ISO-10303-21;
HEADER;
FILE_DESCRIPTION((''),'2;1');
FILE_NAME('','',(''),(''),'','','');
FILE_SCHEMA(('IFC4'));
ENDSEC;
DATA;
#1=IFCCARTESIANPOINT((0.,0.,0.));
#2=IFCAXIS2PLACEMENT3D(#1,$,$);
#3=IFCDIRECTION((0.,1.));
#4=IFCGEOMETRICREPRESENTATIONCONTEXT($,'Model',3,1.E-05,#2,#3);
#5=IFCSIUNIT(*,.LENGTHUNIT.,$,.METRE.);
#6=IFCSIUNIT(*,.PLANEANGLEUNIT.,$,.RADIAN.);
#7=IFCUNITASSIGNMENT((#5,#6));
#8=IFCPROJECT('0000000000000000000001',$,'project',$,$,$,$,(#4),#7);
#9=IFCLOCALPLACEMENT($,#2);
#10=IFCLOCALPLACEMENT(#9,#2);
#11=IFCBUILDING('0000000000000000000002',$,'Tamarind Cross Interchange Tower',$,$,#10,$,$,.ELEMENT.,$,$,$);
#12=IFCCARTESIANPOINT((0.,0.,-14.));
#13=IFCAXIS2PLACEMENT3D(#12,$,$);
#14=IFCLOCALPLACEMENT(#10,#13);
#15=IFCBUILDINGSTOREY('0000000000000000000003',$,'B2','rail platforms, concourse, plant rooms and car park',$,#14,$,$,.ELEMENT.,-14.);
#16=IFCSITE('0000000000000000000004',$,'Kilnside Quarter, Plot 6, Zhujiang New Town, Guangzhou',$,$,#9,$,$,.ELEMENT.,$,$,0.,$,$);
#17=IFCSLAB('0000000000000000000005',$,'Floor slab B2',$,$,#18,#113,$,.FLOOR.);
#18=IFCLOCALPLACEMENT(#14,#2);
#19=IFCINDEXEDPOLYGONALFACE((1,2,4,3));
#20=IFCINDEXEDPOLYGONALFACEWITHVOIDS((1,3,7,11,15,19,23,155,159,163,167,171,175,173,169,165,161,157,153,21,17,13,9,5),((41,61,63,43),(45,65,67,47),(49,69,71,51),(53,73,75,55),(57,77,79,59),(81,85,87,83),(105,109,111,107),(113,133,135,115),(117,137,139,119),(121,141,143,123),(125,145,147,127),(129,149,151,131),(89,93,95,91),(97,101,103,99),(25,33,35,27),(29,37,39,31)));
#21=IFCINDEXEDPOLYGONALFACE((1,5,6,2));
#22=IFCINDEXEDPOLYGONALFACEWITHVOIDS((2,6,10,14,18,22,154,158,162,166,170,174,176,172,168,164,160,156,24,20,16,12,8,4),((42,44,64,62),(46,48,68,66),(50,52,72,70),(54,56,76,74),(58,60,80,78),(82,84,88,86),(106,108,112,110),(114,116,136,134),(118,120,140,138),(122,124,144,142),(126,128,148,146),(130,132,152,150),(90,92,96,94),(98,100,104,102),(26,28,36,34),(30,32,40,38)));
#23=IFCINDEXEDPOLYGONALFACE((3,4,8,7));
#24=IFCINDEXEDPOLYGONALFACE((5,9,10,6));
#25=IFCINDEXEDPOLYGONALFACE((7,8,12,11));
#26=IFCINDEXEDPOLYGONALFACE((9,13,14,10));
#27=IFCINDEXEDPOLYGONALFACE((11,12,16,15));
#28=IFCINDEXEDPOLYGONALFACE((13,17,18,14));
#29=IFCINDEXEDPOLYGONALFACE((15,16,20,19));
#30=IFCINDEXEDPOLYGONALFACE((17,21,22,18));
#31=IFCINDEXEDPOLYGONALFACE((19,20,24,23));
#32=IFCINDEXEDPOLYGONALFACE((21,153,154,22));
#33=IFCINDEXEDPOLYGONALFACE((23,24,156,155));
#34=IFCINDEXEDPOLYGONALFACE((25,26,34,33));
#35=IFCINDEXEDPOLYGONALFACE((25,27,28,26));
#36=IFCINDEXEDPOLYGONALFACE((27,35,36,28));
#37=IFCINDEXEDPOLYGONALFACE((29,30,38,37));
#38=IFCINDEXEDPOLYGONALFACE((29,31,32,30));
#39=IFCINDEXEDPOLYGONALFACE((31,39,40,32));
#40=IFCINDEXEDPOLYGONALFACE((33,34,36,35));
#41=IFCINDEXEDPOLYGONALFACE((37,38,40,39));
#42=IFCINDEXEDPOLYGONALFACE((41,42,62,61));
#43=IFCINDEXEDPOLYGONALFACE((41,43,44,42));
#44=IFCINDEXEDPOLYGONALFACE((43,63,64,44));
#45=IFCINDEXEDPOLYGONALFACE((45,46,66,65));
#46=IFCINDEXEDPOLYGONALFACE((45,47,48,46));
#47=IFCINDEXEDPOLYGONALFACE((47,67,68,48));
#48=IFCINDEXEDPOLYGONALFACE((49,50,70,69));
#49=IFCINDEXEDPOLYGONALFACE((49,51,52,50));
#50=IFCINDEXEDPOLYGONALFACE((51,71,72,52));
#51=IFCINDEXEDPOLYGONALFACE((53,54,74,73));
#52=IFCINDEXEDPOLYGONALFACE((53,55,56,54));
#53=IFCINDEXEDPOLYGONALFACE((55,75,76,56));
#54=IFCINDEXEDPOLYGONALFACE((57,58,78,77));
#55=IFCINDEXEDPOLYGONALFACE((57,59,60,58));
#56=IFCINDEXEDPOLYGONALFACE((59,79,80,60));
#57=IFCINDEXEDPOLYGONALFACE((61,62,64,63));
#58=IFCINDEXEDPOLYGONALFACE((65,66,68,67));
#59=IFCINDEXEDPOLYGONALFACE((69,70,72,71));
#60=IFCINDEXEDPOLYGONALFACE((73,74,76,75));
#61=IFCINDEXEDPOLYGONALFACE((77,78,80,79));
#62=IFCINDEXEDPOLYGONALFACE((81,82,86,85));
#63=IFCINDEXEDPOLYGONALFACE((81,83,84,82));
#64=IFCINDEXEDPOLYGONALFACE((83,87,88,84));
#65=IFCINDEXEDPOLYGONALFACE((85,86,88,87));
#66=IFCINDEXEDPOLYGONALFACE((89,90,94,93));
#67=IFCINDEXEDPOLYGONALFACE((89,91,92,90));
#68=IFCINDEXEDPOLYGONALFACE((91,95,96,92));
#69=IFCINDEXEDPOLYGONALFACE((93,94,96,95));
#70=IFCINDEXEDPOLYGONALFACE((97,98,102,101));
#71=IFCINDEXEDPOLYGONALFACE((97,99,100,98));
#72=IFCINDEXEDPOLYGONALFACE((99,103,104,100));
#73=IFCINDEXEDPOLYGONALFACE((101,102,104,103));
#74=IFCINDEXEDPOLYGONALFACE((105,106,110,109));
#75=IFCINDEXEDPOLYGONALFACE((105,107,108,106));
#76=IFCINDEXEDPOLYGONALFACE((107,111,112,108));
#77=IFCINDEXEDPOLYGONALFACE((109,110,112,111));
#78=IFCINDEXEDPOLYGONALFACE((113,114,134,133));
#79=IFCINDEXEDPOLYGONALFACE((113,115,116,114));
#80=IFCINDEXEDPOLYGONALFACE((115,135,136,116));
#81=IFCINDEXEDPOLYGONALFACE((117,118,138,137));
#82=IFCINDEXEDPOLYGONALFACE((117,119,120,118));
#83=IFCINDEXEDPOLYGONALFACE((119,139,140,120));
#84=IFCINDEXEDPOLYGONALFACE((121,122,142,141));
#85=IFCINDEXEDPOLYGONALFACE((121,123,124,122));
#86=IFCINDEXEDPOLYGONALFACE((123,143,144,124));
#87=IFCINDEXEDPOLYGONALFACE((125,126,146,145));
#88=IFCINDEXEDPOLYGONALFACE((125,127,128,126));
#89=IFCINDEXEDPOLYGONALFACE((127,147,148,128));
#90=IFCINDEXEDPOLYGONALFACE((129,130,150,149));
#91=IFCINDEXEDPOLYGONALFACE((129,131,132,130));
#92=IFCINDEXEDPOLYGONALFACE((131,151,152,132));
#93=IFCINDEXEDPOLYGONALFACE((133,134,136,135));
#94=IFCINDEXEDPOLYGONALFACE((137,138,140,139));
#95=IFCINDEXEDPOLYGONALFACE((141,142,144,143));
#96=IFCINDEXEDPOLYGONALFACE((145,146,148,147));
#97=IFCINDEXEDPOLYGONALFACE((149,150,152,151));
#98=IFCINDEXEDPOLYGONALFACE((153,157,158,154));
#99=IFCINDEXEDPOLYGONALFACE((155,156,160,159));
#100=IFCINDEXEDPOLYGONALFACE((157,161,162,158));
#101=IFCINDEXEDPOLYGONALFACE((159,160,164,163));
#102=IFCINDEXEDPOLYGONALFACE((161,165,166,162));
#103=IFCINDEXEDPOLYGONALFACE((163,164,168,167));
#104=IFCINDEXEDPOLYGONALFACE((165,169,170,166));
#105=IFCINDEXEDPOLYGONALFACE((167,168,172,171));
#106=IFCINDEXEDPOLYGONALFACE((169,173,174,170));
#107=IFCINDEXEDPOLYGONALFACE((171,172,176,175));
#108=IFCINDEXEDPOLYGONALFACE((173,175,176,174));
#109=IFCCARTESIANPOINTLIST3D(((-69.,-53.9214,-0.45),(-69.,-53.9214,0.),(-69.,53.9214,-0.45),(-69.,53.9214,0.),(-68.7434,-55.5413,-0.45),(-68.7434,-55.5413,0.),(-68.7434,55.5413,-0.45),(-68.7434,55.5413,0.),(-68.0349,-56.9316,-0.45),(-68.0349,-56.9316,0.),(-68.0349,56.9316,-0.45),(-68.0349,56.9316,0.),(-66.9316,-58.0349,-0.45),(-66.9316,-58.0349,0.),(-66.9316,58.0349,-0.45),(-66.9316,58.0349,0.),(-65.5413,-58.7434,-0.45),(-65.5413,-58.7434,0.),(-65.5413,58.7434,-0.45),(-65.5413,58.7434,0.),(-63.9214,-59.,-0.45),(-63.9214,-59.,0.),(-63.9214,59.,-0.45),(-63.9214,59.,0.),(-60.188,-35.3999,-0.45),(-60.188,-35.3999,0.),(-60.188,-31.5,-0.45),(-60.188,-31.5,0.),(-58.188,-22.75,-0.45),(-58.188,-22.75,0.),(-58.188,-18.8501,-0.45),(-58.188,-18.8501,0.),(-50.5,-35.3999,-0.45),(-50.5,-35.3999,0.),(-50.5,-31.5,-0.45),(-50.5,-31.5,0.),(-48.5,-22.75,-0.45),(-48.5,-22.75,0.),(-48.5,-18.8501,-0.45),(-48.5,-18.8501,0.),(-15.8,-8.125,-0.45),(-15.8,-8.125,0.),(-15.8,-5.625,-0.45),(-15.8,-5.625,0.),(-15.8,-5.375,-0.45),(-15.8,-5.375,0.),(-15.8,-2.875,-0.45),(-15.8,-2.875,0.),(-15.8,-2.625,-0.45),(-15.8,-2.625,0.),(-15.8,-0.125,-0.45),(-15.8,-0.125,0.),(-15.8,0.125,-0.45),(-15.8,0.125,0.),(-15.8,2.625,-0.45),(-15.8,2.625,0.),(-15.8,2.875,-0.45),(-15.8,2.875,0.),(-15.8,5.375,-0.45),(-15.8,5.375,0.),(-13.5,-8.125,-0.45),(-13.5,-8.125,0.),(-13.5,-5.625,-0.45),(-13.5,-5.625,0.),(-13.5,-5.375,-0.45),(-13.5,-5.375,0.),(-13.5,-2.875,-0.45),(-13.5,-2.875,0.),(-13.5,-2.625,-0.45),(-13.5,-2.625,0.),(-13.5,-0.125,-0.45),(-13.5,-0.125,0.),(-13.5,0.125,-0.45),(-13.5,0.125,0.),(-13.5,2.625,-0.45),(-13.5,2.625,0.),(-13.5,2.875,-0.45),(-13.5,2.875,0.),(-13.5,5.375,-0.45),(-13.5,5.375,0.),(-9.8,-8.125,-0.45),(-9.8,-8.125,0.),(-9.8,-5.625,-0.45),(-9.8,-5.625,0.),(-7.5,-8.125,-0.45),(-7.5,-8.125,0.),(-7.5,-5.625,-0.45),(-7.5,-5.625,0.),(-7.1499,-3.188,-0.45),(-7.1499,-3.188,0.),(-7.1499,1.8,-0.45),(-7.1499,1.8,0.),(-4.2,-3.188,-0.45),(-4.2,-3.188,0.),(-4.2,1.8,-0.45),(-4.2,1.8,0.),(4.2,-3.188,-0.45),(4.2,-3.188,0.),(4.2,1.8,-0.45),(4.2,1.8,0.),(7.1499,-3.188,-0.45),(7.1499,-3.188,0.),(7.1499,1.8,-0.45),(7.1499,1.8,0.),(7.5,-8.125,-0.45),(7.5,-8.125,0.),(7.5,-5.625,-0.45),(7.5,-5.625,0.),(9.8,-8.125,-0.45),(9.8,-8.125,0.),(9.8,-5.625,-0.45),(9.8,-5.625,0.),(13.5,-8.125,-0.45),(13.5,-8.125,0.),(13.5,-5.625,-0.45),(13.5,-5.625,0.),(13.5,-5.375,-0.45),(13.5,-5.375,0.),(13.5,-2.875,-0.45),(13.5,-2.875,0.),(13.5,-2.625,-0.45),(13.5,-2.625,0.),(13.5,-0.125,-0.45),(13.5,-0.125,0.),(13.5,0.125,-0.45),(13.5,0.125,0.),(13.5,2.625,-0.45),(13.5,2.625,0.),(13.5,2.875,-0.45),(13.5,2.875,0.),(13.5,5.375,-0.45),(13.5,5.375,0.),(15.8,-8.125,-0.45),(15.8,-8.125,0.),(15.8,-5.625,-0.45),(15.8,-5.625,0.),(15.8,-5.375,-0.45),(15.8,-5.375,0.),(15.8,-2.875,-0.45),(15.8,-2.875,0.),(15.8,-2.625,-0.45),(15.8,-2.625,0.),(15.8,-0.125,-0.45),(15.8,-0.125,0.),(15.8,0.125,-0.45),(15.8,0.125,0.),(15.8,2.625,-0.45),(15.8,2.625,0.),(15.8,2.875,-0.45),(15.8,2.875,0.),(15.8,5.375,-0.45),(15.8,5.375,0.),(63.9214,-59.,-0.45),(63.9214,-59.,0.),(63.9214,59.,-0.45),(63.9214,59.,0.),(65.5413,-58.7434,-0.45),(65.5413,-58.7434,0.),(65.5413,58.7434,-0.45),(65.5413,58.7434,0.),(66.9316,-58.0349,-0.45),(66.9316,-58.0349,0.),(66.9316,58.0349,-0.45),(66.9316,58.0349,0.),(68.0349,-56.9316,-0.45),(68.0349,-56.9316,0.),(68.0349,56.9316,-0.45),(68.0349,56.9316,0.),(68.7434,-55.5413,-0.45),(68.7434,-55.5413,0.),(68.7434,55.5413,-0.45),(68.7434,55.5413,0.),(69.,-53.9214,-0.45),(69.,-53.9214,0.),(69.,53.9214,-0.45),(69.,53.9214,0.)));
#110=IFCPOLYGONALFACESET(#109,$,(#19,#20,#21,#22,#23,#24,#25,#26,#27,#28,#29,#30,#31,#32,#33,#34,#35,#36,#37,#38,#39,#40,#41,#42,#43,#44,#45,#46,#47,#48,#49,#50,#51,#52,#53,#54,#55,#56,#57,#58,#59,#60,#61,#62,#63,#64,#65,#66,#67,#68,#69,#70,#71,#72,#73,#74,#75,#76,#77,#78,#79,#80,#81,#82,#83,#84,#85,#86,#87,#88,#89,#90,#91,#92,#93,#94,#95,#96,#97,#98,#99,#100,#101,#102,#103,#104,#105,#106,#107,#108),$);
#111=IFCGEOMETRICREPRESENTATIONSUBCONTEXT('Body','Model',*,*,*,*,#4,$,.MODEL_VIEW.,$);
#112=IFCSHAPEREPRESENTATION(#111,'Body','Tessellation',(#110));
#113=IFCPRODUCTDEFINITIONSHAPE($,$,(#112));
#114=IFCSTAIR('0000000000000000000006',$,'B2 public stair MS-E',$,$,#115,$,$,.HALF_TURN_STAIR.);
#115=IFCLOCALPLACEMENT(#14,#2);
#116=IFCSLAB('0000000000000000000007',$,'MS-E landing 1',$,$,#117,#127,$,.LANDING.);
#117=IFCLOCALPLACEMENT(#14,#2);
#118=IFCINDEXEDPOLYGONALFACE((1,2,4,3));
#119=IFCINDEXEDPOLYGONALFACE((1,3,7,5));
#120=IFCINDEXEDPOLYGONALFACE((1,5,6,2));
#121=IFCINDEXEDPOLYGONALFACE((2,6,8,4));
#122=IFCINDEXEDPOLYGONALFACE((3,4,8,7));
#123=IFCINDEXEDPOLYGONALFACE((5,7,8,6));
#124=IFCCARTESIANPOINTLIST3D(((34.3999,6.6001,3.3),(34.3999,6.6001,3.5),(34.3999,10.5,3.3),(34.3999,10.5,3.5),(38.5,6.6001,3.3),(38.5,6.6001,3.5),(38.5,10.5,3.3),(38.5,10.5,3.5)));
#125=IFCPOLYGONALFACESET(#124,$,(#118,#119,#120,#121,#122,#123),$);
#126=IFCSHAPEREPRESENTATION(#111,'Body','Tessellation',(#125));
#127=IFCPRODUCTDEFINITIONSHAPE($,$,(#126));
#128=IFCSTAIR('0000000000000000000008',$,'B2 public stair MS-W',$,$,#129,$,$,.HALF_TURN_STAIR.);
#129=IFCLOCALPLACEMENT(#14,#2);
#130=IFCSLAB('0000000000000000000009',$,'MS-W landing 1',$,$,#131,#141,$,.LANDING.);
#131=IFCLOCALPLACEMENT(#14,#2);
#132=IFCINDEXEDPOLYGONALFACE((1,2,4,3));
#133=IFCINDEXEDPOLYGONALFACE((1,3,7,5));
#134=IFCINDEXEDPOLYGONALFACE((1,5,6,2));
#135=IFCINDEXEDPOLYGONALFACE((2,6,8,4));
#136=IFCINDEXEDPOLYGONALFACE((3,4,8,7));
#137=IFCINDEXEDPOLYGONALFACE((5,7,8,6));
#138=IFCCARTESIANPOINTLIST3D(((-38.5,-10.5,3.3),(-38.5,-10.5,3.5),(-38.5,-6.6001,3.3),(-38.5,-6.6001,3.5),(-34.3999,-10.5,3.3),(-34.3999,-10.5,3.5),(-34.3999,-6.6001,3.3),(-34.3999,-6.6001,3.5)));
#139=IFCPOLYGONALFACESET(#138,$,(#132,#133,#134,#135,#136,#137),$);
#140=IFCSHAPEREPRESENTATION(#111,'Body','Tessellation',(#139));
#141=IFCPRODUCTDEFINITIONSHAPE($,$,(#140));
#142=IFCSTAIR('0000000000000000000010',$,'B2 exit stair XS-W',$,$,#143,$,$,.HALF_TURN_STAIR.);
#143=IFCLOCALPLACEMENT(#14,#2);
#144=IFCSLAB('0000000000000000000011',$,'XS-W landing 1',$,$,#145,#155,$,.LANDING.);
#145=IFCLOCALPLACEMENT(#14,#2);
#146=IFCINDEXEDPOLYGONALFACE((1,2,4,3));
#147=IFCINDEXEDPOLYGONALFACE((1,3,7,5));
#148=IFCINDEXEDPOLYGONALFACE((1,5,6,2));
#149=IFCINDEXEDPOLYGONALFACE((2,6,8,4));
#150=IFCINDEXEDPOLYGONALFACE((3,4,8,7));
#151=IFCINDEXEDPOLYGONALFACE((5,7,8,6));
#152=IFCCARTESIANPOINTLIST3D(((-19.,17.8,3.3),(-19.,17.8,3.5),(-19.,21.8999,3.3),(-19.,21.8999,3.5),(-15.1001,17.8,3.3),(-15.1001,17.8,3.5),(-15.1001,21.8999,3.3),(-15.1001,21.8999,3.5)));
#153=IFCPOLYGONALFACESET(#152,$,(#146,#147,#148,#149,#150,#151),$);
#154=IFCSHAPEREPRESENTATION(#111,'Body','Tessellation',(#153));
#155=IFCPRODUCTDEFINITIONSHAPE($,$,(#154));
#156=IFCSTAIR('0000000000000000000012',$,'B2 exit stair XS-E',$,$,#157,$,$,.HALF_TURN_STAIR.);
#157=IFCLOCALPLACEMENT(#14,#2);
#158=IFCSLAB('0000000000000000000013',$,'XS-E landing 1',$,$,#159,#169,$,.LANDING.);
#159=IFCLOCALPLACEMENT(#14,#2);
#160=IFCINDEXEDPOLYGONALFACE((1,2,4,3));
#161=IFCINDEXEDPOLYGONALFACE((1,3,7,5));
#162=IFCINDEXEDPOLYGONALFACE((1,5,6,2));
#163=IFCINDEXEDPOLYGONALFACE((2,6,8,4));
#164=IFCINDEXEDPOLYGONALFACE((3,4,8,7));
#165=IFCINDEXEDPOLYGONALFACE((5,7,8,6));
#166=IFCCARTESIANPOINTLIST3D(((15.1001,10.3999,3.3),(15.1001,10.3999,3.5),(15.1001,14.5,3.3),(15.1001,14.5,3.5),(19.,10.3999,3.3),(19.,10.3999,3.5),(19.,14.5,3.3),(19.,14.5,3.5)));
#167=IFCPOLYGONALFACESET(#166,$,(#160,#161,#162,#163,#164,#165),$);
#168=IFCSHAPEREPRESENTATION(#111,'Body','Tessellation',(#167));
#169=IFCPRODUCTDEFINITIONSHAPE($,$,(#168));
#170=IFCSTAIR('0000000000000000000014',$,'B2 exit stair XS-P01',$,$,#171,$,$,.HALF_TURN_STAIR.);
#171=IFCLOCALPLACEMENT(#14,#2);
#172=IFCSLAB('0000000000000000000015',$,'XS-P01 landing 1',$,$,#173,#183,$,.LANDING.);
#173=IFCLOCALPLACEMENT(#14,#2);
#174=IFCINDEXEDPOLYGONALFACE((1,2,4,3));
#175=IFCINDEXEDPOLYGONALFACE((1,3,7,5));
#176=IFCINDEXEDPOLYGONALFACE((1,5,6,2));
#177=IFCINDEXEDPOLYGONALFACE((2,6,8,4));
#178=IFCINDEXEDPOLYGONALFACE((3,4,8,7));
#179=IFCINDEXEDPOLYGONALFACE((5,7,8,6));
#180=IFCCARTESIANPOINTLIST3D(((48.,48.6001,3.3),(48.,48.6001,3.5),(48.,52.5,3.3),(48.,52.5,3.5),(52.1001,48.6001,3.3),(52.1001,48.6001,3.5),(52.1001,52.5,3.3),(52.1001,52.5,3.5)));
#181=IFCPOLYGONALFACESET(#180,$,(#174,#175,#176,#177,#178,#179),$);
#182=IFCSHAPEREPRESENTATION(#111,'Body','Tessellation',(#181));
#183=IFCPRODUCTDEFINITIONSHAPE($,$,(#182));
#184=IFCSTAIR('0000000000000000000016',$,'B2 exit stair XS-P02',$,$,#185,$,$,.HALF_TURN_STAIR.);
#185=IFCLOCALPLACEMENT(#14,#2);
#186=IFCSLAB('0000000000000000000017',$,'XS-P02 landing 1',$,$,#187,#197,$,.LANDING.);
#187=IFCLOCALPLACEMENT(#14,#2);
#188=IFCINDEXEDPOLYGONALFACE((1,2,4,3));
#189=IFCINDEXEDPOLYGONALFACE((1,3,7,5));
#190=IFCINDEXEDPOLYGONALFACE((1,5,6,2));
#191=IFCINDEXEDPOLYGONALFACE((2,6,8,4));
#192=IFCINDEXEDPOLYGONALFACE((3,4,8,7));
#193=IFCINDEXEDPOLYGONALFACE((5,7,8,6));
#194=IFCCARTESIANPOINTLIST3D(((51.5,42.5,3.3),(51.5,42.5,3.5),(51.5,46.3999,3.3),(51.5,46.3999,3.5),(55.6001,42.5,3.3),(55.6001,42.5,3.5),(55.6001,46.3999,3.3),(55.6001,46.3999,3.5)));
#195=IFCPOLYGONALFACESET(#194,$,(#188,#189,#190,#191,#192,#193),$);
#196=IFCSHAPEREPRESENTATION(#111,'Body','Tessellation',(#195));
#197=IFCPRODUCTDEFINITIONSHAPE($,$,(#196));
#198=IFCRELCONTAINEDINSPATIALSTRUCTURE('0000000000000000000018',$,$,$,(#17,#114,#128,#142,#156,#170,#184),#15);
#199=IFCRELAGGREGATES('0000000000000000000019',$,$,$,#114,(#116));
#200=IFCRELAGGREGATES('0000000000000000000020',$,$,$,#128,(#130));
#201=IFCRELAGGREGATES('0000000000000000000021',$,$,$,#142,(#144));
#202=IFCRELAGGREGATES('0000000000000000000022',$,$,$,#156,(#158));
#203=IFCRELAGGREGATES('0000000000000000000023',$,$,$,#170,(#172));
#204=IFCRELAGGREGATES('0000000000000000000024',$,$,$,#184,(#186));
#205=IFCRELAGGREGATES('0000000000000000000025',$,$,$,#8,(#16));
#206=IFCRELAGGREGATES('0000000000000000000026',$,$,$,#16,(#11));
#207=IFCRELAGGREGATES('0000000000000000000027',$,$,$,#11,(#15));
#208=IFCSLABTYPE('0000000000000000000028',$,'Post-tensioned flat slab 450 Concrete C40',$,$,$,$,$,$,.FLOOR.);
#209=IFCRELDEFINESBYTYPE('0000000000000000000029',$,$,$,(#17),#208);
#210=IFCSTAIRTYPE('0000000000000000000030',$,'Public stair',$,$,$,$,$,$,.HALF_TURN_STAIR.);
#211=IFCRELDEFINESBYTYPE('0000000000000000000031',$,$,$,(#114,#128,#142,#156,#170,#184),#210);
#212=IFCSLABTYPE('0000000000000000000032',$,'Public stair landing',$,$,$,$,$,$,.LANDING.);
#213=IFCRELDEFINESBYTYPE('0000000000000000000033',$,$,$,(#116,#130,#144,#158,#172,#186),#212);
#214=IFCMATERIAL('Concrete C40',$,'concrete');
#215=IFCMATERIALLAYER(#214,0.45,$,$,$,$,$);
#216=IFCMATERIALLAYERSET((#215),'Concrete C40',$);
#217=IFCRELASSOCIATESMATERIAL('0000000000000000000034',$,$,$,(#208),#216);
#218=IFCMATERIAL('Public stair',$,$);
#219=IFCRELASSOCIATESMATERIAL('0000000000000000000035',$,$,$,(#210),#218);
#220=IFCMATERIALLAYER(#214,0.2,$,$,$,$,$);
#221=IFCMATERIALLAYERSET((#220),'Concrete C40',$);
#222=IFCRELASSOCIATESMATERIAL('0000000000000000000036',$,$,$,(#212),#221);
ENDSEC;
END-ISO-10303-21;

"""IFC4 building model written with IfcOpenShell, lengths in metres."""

from ifc_helpers import new_model, si_unit, direction, frame, origin, place, context, subcontext, project, spatial, polyline, outline, extrude, material, layer, layer_set, type_object, element, aggregate, save


model = new_model("IFC4")

# Units and contexts
model_context = context("Model", 3, precision=1e-05, world=origin(), true_north=direction((0.0, 1.0)))
body_context = subcontext(model_context, "Body", "Model", "MODEL_VIEW")
ifc_project = project(units=[si_unit("LENGTHUNIT", "METRE"), si_unit("PLANEANGLEUNIT", "RADIAN")], contexts=[model_context])

# Site, building, storey
site_placement = place(None, origin())
site = spatial("IfcSite", under=ifc_project, at=site_placement, Name="Kilnside Quarter, Plot 6, Zhujiang New Town, Guangzhou", CompositionType="ELEMENT", RefElevation=0.0)
building_placement = place(site_placement, origin())
building = spatial("IfcBuilding", under=site, at=building_placement, Name="Tamarind Cross Interchange Tower", CompositionType="ELEMENT")
storey_placement = place(building_placement, frame((0.0, 0.0, -14.0)))
storey = spatial("IfcBuildingStorey", under=building, at=storey_placement, Name="B2", Description="rail platforms, concourse, plant rooms and car park", CompositionType="ELEMENT", Elevation=-14.0)

# Slab
ifc_material_1 = material(Name="Concrete C40", Category="concrete")
ifc_layer_1 = layer(ifc_material_1, 0.45)
ifc_layer_set_1 = layer_set([ifc_layer_1], Name="Concrete C40")
slab_type_1 = type_object("IfcSlabType", Name="Post-tensioned flat slab 450 Concrete C40", PredefinedType="FLOOR", material=ifc_layer_set_1)
slab_1_placement = place(storey_placement, frame((0.0, 0.0, -0.45)))
element("IfcSlab", 1, at=slab_1_placement, inside=storey, type_object=slab_type_1, Name="Floor slab B2", PredefinedType="FLOOR", context=body_context, shape_type="SweptSolid", body=[
    extrude(outline(polyline([(-65.5413, -58.7434), (-63.9214, -59.0), (63.9214, -59.0), (65.5413, -58.7434), (66.9316, -58.0349), (68.0349, -56.9316), (68.7434, -55.5413), (69.0, -53.9214), (69.0, 53.9214), (68.7434, 55.5413), (68.0349, 56.9316), (66.9316, 58.0349), (65.5413, 58.7434), (63.9214, 59.0), (-63.9214, 59.0), (-65.5413, 58.7434), (-66.9316, 58.0349), (-68.0349, 56.9316), (-68.7434, 55.5413), (-69.0, 53.9214), (-69.0, -53.9214), (-68.7434, -55.5413), (-68.0349, -56.9316), (-66.9316, -58.0349), (-65.5413, -58.7434)]), holes=[polyline([(-50.5, -31.5), (-50.5, -35.3999), (-60.188, -35.3999), (-60.188, -31.5), (-50.5, -31.5)]), polyline([(-48.5, -18.8501), (-48.5, -22.75), (-58.188, -22.75), (-58.188, -18.8501), (-48.5, -18.8501)]), polyline([(-13.5, -5.625), (-13.5, -8.125), (-15.8, -8.125), (-15.8, -5.625), (-13.5, -5.625)]), polyline([(-7.5, -5.625), (-7.5, -8.125), (-9.8, -8.125), (-9.8, -5.625), (-7.5, -5.625)]), polyline([(-13.5, -2.875), (-13.5, -5.375), (-15.8, -5.375), (-15.8, -2.875), (-13.5, -2.875)]), polyline([(-13.5, -0.125), (-13.5, -2.625), (-15.8, -2.625), (-15.8, -0.125), (-13.5, -0.125)]), polyline([(-13.5, 2.625), (-13.5, 0.125), (-15.8, 0.125), (-15.8, 2.625), (-13.5, 2.625)]), polyline([(-13.5, 5.375), (-13.5, 2.875), (-15.8, 2.875), (-15.8, 5.375), (-13.5, 5.375)]), polyline([(7.5, -8.125), (7.5, -5.625), (9.8, -5.625), (9.8, -8.125), (7.5, -8.125)]), polyline([(13.5, -8.125), (13.5, -5.625), (15.8, -5.625), (15.8, -8.125), (13.5, -8.125)]), polyline([(13.5, -5.375), (13.5, -2.875), (15.8, -2.875), (15.8, -5.375), (13.5, -5.375)]), polyline([(13.5, -2.625), (13.5, -0.125), (15.8, -0.125), (15.8, -2.625), (13.5, -2.625)]), polyline([(-7.1499, 1.8), (-4.2, 1.8), (-4.2, -3.188), (-7.1499, -3.188), (-7.1499, 1.8)]), polyline([(4.2, 1.8), (7.1499, 1.8), (7.1499, -3.188), (4.2, -3.188), (4.2, 1.8)]), polyline([(13.5, 0.125), (13.5, 2.625), (15.8, 2.625), (15.8, 0.125), (13.5, 0.125)]), polyline([(13.5, 2.875), (13.5, 5.375), (15.8, 5.375), (15.8, 2.875), (13.5, 2.875)])]), origin(), (0.0, 0.0, 1.0), 0.45),
])

# Stairs, slabs
ifc_material_2 = material(Name="Public stair")
stair_type_1 = type_object("IfcStairType", Name="Public stair", PredefinedType="HALF_TURN_STAIR", material=ifc_material_2)
stair_1_placement = place(storey_placement, origin())
stair_1 = element("IfcStair", 2, at=stair_1_placement, inside=storey, type_object=stair_type_1, Name="B2 public stair MS-E", PredefinedType="HALF_TURN_STAIR")
ifc_layer_2 = layer(ifc_material_1, 0.2)
ifc_layer_set_2 = layer_set([ifc_layer_2], Name="Concrete C40")
slab_type_2 = type_object("IfcSlabType", Name="Public stair landing", PredefinedType="LANDING", material=ifc_layer_set_2)
slab_2_placement = place(storey_placement, frame((0.0, 0.0, 3.3)))
slab_2 = element("IfcSlab", 3, at=slab_2_placement, type_object=slab_type_2, Name="MS-E landing 1", PredefinedType="LANDING", context=body_context, shape_type="SweptSolid", body=[
    extrude(outline(polyline([(34.3999, 6.6001), (38.5, 6.6001), (38.5, 10.5), (34.3999, 10.5), (34.3999, 6.6001)])), origin(), (0.0, 0.0, 1.0), 0.2),
])
aggregate(stair_1, [slab_2])
stair_2_placement = place(storey_placement, origin())
stair_2 = element("IfcStair", 4, at=stair_2_placement, inside=storey, type_object=stair_type_1, Name="B2 public stair MS-W", PredefinedType="HALF_TURN_STAIR")
slab_3_placement = place(storey_placement, frame((0.0, 0.0, 3.3)))
slab_3 = element("IfcSlab", 5, at=slab_3_placement, type_object=slab_type_2, Name="MS-W landing 1", PredefinedType="LANDING", context=body_context, shape_type="SweptSolid", body=[
    extrude(outline(polyline([(-34.3999, -6.6001), (-38.5, -6.6001), (-38.5, -10.5), (-34.3999, -10.5), (-34.3999, -6.6001)])), origin(), (0.0, 0.0, 1.0), 0.2),
])
aggregate(stair_2, [slab_3])
stair_3_placement = place(storey_placement, origin())
stair_3 = element("IfcStair", 6, at=stair_3_placement, inside=storey, type_object=stair_type_1, Name="B2 exit stair XS-W", PredefinedType="HALF_TURN_STAIR")
slab_4_placement = place(storey_placement, frame((0.0, 0.0, 3.3)))
slab_4 = element("IfcSlab", 7, at=slab_4_placement, type_object=slab_type_2, Name="XS-W landing 1", PredefinedType="LANDING", context=body_context, shape_type="SweptSolid", body=[
    extrude(outline(polyline([(-15.1001, 17.8), (-15.1001, 21.8999), (-19.0, 21.8999), (-19.0, 17.8), (-15.1001, 17.8)])), origin(), (0.0, 0.0, 1.0), 0.2),
])
aggregate(stair_3, [slab_4])
stair_4_placement = place(storey_placement, origin())
stair_4 = element("IfcStair", 8, at=stair_4_placement, inside=storey, type_object=stair_type_1, Name="B2 exit stair XS-E", PredefinedType="HALF_TURN_STAIR")
slab_5_placement = place(storey_placement, frame((0.0, 0.0, 3.3)))
slab_5 = element("IfcSlab", 9, at=slab_5_placement, type_object=slab_type_2, Name="XS-E landing 1", PredefinedType="LANDING", context=body_context, shape_type="SweptSolid", body=[
    extrude(outline(polyline([(15.1001, 14.5), (15.1001, 10.3999), (19.0, 10.3999), (19.0, 14.5), (15.1001, 14.5)])), origin(), (0.0, 0.0, 1.0), 0.2),
])
aggregate(stair_4, [slab_5])
stair_5_placement = place(storey_placement, origin())
stair_5 = element("IfcStair", 10, at=stair_5_placement, inside=storey, type_object=stair_type_1, Name="B2 exit stair XS-P01", PredefinedType="HALF_TURN_STAIR")
slab_6_placement = place(storey_placement, frame((0.0, 0.0, 3.3)))
slab_6 = element("IfcSlab", 11, at=slab_6_placement, type_object=slab_type_2, Name="XS-P01 landing 1", PredefinedType="LANDING", context=body_context, shape_type="SweptSolid", body=[
    extrude(outline(polyline([(52.1001, 52.5), (48.0, 52.5), (48.0, 48.6001), (52.1001, 48.6001), (52.1001, 52.5)])), origin(), (0.0, 0.0, 1.0), 0.2),
])
aggregate(stair_5, [slab_6])
stair_6_placement = place(storey_placement, origin())
stair_6 = element("IfcStair", 12, at=stair_6_placement, inside=storey, type_object=stair_type_1, Name="B2 exit stair XS-P02", PredefinedType="HALF_TURN_STAIR")
slab_7_placement = place(storey_placement, frame((0.0, 0.0, 3.3)))
slab_7 = element("IfcSlab", 13, at=slab_7_placement, type_object=slab_type_2, Name="XS-P02 landing 1", PredefinedType="LANDING", context=body_context, shape_type="SweptSolid", body=[
    extrude(outline(polyline([(55.6001, 46.3999), (51.5, 46.3999), (51.5, 42.5), (55.6001, 42.5), (55.6001, 46.3999)])), origin(), (0.0, 0.0, 1.0), 0.2),
])
aggregate(stair_6, [slab_7])

save(model, "model.ifc")
